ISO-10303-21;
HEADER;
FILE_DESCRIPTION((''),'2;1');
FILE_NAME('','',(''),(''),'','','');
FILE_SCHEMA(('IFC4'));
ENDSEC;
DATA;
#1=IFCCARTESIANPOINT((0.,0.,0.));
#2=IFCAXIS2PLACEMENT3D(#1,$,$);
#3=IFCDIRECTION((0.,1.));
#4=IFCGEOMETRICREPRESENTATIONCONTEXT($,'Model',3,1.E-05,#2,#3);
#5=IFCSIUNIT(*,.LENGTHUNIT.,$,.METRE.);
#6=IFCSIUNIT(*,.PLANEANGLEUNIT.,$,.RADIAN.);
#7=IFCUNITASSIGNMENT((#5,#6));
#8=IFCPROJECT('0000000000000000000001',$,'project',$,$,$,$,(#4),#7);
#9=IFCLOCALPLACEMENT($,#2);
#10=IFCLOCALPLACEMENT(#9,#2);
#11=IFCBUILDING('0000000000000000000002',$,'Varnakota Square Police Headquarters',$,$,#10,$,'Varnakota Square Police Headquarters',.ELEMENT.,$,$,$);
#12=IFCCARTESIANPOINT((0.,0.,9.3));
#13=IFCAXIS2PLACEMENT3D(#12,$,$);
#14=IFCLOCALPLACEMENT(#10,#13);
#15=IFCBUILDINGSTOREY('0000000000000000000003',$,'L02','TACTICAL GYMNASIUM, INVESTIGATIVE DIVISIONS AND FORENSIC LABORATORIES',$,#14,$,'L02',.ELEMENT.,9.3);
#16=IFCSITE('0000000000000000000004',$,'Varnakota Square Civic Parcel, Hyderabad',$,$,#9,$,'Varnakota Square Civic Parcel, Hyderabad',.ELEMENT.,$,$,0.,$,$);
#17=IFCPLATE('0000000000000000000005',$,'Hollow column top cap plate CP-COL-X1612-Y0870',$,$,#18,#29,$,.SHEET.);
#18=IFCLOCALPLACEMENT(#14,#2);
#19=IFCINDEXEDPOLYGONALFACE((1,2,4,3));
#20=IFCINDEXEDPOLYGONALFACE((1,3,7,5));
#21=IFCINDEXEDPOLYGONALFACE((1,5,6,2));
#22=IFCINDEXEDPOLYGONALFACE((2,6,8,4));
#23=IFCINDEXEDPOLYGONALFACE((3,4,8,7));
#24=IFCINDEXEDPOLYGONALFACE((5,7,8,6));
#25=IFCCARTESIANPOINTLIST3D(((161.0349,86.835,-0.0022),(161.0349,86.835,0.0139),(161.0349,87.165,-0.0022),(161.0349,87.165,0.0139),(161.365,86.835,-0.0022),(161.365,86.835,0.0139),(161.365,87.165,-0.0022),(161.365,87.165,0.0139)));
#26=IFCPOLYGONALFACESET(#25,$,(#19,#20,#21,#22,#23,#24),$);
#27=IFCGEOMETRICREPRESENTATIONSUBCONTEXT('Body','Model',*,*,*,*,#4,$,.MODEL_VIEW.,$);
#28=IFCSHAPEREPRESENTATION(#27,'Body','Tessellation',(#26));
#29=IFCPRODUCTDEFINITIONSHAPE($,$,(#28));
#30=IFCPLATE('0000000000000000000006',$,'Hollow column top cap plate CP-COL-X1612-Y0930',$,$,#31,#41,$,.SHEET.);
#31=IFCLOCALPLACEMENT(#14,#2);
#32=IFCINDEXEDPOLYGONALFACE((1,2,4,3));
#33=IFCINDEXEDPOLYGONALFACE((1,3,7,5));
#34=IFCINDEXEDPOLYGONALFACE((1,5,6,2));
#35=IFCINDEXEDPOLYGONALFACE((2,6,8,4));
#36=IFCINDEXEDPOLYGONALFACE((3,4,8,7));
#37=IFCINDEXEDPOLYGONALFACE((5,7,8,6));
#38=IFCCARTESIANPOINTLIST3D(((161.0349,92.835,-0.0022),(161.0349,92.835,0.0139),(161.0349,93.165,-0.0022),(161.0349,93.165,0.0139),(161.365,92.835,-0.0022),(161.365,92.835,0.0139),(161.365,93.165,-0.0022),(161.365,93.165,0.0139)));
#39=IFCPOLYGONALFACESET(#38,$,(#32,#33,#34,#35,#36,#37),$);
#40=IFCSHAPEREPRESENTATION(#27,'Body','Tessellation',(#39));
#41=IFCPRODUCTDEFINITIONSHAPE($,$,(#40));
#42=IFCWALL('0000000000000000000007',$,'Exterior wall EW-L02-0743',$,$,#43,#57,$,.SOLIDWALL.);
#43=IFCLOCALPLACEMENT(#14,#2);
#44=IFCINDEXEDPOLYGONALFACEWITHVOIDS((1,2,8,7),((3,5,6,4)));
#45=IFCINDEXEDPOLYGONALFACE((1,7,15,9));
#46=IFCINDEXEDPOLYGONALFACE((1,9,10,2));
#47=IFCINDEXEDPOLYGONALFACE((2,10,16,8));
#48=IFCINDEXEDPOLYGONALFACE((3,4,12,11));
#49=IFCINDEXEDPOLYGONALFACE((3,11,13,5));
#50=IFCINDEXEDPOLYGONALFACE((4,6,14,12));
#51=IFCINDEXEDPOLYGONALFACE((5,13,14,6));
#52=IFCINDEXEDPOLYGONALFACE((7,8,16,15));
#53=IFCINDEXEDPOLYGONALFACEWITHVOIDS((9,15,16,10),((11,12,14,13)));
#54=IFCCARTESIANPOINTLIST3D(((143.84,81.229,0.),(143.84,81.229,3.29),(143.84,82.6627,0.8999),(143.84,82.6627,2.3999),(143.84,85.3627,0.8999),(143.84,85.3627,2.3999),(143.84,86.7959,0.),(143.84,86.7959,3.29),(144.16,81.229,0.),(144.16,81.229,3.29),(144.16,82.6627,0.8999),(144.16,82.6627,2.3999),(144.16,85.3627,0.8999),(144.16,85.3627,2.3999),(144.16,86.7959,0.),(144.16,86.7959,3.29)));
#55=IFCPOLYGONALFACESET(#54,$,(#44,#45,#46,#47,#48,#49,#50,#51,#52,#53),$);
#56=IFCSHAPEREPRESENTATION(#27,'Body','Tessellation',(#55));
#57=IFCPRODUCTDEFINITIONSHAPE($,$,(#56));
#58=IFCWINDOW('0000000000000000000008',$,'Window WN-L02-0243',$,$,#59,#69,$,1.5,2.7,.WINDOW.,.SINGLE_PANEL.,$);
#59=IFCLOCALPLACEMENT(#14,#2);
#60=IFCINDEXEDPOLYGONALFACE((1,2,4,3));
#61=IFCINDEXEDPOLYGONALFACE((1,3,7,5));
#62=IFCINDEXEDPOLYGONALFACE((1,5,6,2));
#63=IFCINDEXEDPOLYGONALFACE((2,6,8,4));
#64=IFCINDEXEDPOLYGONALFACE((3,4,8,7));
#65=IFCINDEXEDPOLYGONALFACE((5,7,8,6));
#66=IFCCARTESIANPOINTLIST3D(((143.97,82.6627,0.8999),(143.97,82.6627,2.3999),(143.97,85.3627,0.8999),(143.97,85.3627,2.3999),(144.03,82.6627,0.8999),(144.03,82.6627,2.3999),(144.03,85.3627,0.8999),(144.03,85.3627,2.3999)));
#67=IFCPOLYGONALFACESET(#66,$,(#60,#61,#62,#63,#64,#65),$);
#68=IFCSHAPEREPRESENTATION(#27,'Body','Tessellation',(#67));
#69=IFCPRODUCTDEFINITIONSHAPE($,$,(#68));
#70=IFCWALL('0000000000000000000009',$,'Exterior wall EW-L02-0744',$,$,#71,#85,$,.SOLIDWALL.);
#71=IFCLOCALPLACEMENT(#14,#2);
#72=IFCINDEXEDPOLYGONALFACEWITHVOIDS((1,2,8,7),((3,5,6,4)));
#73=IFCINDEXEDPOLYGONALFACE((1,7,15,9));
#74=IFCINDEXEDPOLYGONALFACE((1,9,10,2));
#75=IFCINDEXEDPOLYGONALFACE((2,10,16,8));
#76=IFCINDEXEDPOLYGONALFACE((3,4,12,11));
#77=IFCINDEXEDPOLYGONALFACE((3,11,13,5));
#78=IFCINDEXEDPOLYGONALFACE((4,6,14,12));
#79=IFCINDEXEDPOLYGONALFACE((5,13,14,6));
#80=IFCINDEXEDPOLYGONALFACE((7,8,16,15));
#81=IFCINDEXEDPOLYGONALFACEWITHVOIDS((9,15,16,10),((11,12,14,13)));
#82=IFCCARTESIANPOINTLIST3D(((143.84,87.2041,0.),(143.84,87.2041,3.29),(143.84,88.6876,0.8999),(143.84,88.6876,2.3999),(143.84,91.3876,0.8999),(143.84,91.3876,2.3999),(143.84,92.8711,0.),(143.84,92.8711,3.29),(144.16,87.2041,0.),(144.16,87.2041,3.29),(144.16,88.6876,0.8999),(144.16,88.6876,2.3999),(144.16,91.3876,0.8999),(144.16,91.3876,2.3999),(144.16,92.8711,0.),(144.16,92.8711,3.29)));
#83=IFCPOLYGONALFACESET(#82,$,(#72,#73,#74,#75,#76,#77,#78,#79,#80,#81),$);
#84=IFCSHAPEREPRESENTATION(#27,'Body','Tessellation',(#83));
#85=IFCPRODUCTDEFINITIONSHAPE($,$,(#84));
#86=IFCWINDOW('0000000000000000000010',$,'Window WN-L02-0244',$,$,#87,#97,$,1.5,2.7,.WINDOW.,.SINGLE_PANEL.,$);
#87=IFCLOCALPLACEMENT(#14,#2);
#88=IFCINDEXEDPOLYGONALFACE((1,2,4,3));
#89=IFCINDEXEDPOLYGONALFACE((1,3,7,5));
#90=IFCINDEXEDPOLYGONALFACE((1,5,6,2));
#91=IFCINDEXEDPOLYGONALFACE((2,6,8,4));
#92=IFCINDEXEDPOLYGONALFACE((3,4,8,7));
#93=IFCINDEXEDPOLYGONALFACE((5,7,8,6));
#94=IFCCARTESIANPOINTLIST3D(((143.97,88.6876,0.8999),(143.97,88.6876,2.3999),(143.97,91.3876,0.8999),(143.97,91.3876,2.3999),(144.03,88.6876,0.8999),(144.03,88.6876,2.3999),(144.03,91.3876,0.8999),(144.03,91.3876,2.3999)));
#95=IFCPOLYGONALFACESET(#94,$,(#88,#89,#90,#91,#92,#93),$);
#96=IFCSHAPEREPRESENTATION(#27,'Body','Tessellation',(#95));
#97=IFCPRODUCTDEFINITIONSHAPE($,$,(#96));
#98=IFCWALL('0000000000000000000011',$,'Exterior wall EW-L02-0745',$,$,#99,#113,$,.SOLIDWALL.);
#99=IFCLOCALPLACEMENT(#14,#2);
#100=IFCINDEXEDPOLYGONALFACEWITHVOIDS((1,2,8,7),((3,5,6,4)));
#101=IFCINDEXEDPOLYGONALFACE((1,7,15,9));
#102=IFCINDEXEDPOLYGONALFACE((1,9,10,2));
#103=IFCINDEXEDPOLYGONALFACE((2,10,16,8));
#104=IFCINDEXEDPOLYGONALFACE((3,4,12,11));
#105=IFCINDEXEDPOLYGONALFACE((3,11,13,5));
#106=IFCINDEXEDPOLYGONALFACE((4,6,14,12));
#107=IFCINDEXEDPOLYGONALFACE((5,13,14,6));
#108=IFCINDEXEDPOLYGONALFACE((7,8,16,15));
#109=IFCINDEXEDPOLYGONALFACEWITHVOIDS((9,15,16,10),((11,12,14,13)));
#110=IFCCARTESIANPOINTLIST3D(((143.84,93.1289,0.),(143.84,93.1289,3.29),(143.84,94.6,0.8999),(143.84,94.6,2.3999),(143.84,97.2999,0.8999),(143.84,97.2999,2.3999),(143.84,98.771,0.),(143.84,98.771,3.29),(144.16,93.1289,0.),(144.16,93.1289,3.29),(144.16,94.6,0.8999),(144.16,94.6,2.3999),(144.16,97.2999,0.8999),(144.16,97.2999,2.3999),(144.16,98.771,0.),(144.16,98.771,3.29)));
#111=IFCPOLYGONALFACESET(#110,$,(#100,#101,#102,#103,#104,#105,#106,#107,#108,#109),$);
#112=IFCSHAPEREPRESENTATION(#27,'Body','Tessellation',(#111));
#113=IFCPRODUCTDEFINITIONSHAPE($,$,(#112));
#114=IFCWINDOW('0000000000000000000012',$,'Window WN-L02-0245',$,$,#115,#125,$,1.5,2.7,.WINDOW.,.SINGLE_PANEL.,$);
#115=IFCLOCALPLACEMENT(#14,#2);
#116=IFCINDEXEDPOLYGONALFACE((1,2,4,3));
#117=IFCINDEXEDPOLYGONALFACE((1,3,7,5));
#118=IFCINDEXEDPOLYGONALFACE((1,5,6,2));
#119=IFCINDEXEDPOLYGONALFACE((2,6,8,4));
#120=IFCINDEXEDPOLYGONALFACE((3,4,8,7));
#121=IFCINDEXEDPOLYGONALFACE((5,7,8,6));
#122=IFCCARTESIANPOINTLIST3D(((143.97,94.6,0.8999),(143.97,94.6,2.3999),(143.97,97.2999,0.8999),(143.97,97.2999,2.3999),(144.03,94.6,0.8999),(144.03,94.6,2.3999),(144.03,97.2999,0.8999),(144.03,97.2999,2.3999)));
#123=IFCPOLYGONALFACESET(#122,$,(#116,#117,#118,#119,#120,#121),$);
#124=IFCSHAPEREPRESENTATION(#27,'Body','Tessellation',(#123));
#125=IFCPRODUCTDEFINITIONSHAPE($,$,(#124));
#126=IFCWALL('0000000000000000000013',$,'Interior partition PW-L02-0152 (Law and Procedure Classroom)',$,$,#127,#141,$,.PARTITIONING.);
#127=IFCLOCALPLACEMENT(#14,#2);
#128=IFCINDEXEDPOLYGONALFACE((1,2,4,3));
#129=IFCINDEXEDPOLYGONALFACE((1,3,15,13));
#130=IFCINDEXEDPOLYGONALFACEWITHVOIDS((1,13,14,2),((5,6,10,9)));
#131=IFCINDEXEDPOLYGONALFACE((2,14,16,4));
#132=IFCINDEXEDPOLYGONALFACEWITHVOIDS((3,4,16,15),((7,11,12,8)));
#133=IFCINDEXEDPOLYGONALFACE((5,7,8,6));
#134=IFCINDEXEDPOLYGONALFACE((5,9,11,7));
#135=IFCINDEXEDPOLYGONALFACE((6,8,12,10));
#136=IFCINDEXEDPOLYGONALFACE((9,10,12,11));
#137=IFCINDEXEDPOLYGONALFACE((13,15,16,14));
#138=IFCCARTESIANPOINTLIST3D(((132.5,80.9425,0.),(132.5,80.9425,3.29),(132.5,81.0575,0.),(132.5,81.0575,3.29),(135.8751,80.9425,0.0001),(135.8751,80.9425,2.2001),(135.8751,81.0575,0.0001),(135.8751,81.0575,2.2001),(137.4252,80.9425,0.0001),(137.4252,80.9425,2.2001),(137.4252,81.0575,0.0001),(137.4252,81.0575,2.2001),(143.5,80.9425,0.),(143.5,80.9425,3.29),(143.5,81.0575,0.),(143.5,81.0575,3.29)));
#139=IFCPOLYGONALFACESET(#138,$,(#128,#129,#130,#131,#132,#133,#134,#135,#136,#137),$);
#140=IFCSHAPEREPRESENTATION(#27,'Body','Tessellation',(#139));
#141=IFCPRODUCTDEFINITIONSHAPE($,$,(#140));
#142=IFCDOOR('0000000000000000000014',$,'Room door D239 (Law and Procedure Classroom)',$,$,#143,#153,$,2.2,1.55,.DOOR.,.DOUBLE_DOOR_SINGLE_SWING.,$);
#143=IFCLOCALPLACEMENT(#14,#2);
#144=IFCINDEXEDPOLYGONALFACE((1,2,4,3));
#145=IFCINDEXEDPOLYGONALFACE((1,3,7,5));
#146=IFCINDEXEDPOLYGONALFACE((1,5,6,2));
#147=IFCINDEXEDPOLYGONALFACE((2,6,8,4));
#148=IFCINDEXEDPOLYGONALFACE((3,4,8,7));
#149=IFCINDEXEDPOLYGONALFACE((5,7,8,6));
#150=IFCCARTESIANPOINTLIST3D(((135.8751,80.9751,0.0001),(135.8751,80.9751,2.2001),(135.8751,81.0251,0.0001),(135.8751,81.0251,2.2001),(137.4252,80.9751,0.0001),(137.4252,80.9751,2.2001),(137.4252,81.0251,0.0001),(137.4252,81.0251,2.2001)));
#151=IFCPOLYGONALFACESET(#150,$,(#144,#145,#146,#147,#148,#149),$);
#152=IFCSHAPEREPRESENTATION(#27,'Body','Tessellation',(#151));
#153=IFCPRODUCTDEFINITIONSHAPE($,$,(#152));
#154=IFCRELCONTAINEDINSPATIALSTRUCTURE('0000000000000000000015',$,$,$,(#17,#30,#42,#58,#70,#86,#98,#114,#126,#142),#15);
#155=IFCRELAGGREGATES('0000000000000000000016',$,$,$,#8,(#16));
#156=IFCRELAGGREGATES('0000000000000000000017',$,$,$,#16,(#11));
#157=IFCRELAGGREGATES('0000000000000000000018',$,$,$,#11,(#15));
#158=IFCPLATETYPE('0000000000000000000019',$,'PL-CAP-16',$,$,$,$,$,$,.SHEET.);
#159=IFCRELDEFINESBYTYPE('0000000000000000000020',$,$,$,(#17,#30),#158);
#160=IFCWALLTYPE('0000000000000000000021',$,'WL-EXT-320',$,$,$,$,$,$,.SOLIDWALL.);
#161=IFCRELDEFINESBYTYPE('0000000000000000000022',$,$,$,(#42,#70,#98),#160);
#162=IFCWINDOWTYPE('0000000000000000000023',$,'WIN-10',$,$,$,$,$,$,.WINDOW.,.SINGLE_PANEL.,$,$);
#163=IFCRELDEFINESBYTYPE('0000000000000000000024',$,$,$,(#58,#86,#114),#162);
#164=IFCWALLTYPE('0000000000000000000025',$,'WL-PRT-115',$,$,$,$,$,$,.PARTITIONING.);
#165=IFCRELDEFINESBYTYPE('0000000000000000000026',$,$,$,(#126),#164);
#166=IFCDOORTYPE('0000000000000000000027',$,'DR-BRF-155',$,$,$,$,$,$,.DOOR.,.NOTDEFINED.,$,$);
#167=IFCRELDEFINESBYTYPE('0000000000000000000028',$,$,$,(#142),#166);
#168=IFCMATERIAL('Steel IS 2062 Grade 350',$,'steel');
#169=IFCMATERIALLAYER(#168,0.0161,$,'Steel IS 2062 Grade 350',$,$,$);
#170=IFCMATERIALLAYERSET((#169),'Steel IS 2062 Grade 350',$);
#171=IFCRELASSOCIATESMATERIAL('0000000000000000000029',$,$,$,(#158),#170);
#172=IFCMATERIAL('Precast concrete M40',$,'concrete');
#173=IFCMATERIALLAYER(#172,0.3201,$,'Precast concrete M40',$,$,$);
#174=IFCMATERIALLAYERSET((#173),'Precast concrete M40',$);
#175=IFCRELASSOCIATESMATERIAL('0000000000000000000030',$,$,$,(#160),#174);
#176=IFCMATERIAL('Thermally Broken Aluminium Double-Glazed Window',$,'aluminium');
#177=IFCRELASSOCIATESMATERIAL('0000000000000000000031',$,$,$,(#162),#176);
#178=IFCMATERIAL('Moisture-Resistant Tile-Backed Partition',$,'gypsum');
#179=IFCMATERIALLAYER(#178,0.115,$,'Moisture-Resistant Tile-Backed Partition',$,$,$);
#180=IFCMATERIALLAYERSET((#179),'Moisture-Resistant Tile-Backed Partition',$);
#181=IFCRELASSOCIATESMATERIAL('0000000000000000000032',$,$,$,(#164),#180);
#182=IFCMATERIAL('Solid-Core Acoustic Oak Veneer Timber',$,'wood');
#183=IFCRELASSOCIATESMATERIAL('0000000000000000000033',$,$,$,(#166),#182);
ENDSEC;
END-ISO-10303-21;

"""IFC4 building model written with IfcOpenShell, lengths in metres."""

from ifc_helpers import new_model, si_unit, direction, frame, frame_2d, origin, origin_2d, place, context, subcontext, project, spatial, rectangle, extrude, material, layer, layer_set, type_object, element, fill, save


model = new_model("IFC4")

# Units and contexts
model_context = context("Model", 3, precision=1e-05, world=origin(), true_north=direction((0.0, 1.0)))
body_context = subcontext(model_context, "Body", "Model", "MODEL_VIEW")
ifc_project = project(units=[si_unit("LENGTHUNIT", "METRE"), si_unit("PLANEANGLEUNIT", "RADIAN")], contexts=[model_context])

# Site, building, storey
site_placement = place(None, origin())
site = spatial("IfcSite", under=ifc_project, at=site_placement, Name="Varnakota Square Civic Parcel, Hyderabad", LongName="Varnakota Square Civic Parcel, Hyderabad", CompositionType="ELEMENT", RefElevation=0.0)
building_placement = place(site_placement, origin())
building = spatial("IfcBuilding", under=site, at=building_placement, Name="Varnakota Square Police Headquarters", LongName="Varnakota Square Police Headquarters", CompositionType="ELEMENT")
storey_placement = place(building_placement, frame((0.0, 0.0, 9.3)))
storey = spatial("IfcBuildingStorey", under=building, at=storey_placement, Name="L02", Description="TACTICAL GYMNASIUM, INVESTIGATIVE DIVISIONS AND FORENSIC LABORATORIES", LongName="L02", CompositionType="ELEMENT", Elevation=9.3)

# Shared definitions
ifc_material_1 = material(Name="Steel IS 2062 Grade 350", Category="steel")

# Plates
ifc_layer_1 = layer(ifc_material_1, 0.0161, Name="Steel IS 2062 Grade 350")
ifc_layer_set_1 = layer_set([ifc_layer_1], Name="Steel IS 2062 Grade 350")
plate_type = type_object("IfcPlateType", Name="PL-CAP-16", PredefinedType="SHEET", material=ifc_layer_set_1)
for number, where, z_axis, x_axis, name in (
    (1, (161.2, 87.0, -0.0022), (0.0, 0.0, 1.0), (1.0, 0.0, 0.0), "Hollow column top cap plate CP-COL-X1612-Y0870"),
    (2, (161.2, 93.0, -0.0022), (0.0, 0.0, 1.0), (1.0, 0.0, 0.0), "Hollow column top cap plate CP-COL-X1612-Y0930"),
):
    element("IfcPlate", number, at=place(storey_placement, frame(where, z_axis=z_axis, x_axis=x_axis)), inside=storey, type_object=plate_type, Name=name, PredefinedType="SHEET", context=body_context, shape_type="SweptSolid", body=[
        extrude(rectangle(XDim=0.3301, YDim=0.3301, at=origin_2d()), origin(), (0.0, 0.0, 1.0), 0.0161),
    ])

# Walls, openings, windows
ifc_material_2 = material(Name="Precast concrete M40", Category="concrete")
ifc_layer_2 = layer(ifc_material_2, 0.3201, Name="Precast concrete M40")
ifc_layer_set_2 = layer_set([ifc_layer_2], Name="Precast concrete M40")
wall_type_1 = type_object("IfcWallType", Name="WL-EXT-320", PredefinedType="SOLIDWALL", material=ifc_layer_set_2)
wall_1_placement = place(storey_placement, frame((144.0, 81.229, 0.0), z_axis=(0.0, 0.0, 1.0), x_axis=(0.0, 1.0, 0.0)))
wall_1 = element("IfcWall", 3, at=wall_1_placement, inside=storey, type_object=wall_type_1, Name="Exterior wall EW-L02-0743", PredefinedType="SOLIDWALL", context=body_context, shape_type="SweptSolid", body=[
    extrude(rectangle(XDim=5.5669, YDim=0.3201, at=frame_2d((2.7834, 0.0))), origin(), (0.0, 0.0, 1.0), 3.29),
])
opening_1_placement = place(wall_1_placement, frame((1.4336, 0.0, 0.8999)))
opening_1 = element("IfcOpeningElement", 4, at=opening_1_placement, cuts=wall_1, PredefinedType="OPENING", context=body_context, shape_type="SweptSolid", body=[
    extrude(rectangle(XDim=2.7, YDim=1.5, at=frame_2d((1.3501, 0.75))), frame((0.0, 0.1699, 0.0), z_axis=(0.0, -1.0, 0.0), x_axis=(1.0, 0.0, 0.0)), (0.0, 0.0, 1.0), 0.3401),
])
ifc_material_3 = material(Name="Thermally Broken Aluminium Double-Glazed Window", Category="aluminium")
window_type = type_object("IfcWindowType", Name="WIN-10", PartitioningType="SINGLE_PANEL", PredefinedType="WINDOW", material=ifc_material_3)
window_1_placement = place(opening_1_placement, origin())
window_1 = element("IfcWindow", 5, at=window_1_placement, inside=storey, type_object=window_type, Name="Window WN-L02-0243", OverallHeight=1.5, OverallWidth=2.7, PartitioningType="SINGLE_PANEL", PredefinedType="WINDOW", context=body_context, shape_type="SweptSolid", body=[
    extrude(rectangle(XDim=2.7, YDim=1.5, at=frame_2d((1.3501, 0.75))), frame((0.0, 0.03, 0.0), z_axis=(0.0, -1.0, 0.0), x_axis=(1.0, 0.0, 0.0)), (0.0, 0.0, 1.0), 0.0601),
])
fill(opening_1, window_1)
wall_2_placement = place(storey_placement, frame((144.0, 87.2041, 0.0), z_axis=(0.0, 0.0, 1.0), x_axis=(0.0, 1.0, 0.0)))
wall_2 = element("IfcWall", 6, at=wall_2_placement, inside=storey, type_object=wall_type_1, Name="Exterior wall EW-L02-0744", PredefinedType="SOLIDWALL", context=body_context, shape_type="SweptSolid", body=[
    extrude(rectangle(XDim=5.667, YDim=0.3201, at=frame_2d((2.8335, 0.0))), origin(), (0.0, 0.0, 1.0), 3.29),
])
opening_2_placement = place(wall_2_placement, frame((1.4834, 0.0, 0.8999)))
opening_2 = element("IfcOpeningElement", 7, at=opening_2_placement, cuts=wall_2, PredefinedType="OPENING", context=body_context, shape_type="SweptSolid", body=[
    extrude(rectangle(XDim=2.7, YDim=1.5, at=frame_2d((1.3501, 0.75))), frame((0.0, 0.1699, 0.0), z_axis=(0.0, -1.0, 0.0), x_axis=(1.0, 0.0, 0.0)), (0.0, 0.0, 1.0), 0.3401),
])
window_2_placement = place(opening_2_placement, origin())
window_2 = element("IfcWindow", 8, at=window_2_placement, inside=storey, type_object=window_type, Name="Window WN-L02-0244", OverallHeight=1.5, OverallWidth=2.7, PartitioningType="SINGLE_PANEL", PredefinedType="WINDOW", context=body_context, shape_type="SweptSolid", body=[
    extrude(rectangle(XDim=2.7, YDim=1.5, at=frame_2d((1.3501, 0.75))), frame((0.0, 0.03, 0.0), z_axis=(0.0, -1.0, 0.0), x_axis=(1.0, 0.0, 0.0)), (0.0, 0.0, 1.0), 0.0601),
])
fill(opening_2, window_2)
wall_3_placement = place(storey_placement, frame((144.0, 93.1289, 0.0), z_axis=(0.0, 0.0, 1.0), x_axis=(0.0, 1.0, 0.0)))
wall_3 = element("IfcWall", 9, at=wall_3_placement, inside=storey, type_object=wall_type_1, Name="Exterior wall EW-L02-0745", PredefinedType="SOLIDWALL", context=body_context, shape_type="SweptSolid", body=[
    extrude(rectangle(XDim=5.6421, YDim=0.3201, at=frame_2d((2.821, 0.0))), origin(), (0.0, 0.0, 1.0), 3.29),
])
opening_3_placement = place(wall_3_placement, frame((1.4709, 0.0, 0.8999)))
opening_3 = element("IfcOpeningElement", 10, at=opening_3_placement, cuts=wall_3, PredefinedType="OPENING", context=body_context, shape_type="SweptSolid", body=[
    extrude(rectangle(XDim=2.7, YDim=1.5, at=frame_2d((1.3501, 0.75))), frame((0.0, 0.1699, 0.0), z_axis=(0.0, -1.0, 0.0), x_axis=(1.0, 0.0, 0.0)), (0.0, 0.0, 1.0), 0.3401),
])
window_3_placement = place(opening_3_placement, origin())
window_3 = element("IfcWindow", 11, at=window_3_placement, inside=storey, type_object=window_type, Name="Window WN-L02-0245", OverallHeight=1.5, OverallWidth=2.7, PartitioningType="SINGLE_PANEL", PredefinedType="WINDOW", context=body_context, shape_type="SweptSolid", body=[
    extrude(rectangle(XDim=2.7, YDim=1.5, at=frame_2d((1.3501, 0.75))), frame((0.0, 0.03, 0.0), z_axis=(0.0, -1.0, 0.0), x_axis=(1.0, 0.0, 0.0)), (0.0, 0.0, 1.0), 0.0601),
])
fill(opening_3, window_3)

# Wall, opening, door
ifc_material_4 = material(Name="Moisture-Resistant Tile-Backed Partition", Category="gypsum")
ifc_layer_3 = layer(ifc_material_4, 0.115, Name="Moisture-Resistant Tile-Backed Partition")
ifc_layer_set_3 = layer_set([ifc_layer_3], Name="Moisture-Resistant Tile-Backed Partition")
wall_type_2 = type_object("IfcWallType", Name="WL-PRT-115", PredefinedType="PARTITIONING", material=ifc_layer_set_3)
wall_4_placement = place(storey_placement, frame((143.5, 81.0, 0.0), z_axis=(0.0, 0.0, 1.0), x_axis=(-1.0, 0.0, 0.0)))
wall_4 = element("IfcWall", 12, at=wall_4_placement, inside=storey, type_object=wall_type_2, Name="Interior partition PW-L02-0152 (Law and Procedure Classroom)", PredefinedType="PARTITIONING", context=body_context, shape_type="SweptSolid", body=[
    extrude(rectangle(XDim=11.0, YDim=0.115, at=frame_2d((5.5, 0.0))), origin(), (0.0, 0.0, 1.0), 3.29),
])
opening_4_placement = place(wall_4_placement, frame((6.075, 0.0, 0.0)))
opening_4 = element("IfcOpeningElement", 13, at=opening_4_placement, cuts=wall_4, PredefinedType="OPENING", context=body_context, shape_type="SweptSolid", body=[
    extrude(rectangle(XDim=1.55, YDim=2.2, at=frame_2d((0.7749, 1.1001))), frame((0.0, 0.0674, 0.0), z_axis=(0.0, -1.0, 0.0), x_axis=(1.0, 0.0, 0.0)), (0.0, 0.0, 1.0), 0.135),
])
ifc_material_5 = material(Name="Solid-Core Acoustic Oak Veneer Timber", Category="wood")
door_type = type_object("IfcDoorType", Name="DR-BRF-155", OperationType="NOTDEFINED", PredefinedType="DOOR", material=ifc_material_5)
door_placement = place(opening_4_placement, origin())
door = element("IfcDoor", 14, at=door_placement, inside=storey, type_object=door_type, Name="Room door D239 (Law and Procedure Classroom)", OperationType="DOUBLE_DOOR_SINGLE_SWING", OverallHeight=2.2, OverallWidth=1.55, PredefinedType="DOOR", context=body_context, shape_type="SweptSolid", body=[
    extrude(rectangle(XDim=1.55, YDim=2.2, at=frame_2d((0.7749, 1.1001))), frame((0.0, 0.0249, 0.0), z_axis=(0.0, -1.0, 0.0), x_axis=(1.0, 0.0, 0.0)), (0.0, 0.0, 1.0), 0.05),
])
fill(opening_4, door)

save(model, "model.ifc")
